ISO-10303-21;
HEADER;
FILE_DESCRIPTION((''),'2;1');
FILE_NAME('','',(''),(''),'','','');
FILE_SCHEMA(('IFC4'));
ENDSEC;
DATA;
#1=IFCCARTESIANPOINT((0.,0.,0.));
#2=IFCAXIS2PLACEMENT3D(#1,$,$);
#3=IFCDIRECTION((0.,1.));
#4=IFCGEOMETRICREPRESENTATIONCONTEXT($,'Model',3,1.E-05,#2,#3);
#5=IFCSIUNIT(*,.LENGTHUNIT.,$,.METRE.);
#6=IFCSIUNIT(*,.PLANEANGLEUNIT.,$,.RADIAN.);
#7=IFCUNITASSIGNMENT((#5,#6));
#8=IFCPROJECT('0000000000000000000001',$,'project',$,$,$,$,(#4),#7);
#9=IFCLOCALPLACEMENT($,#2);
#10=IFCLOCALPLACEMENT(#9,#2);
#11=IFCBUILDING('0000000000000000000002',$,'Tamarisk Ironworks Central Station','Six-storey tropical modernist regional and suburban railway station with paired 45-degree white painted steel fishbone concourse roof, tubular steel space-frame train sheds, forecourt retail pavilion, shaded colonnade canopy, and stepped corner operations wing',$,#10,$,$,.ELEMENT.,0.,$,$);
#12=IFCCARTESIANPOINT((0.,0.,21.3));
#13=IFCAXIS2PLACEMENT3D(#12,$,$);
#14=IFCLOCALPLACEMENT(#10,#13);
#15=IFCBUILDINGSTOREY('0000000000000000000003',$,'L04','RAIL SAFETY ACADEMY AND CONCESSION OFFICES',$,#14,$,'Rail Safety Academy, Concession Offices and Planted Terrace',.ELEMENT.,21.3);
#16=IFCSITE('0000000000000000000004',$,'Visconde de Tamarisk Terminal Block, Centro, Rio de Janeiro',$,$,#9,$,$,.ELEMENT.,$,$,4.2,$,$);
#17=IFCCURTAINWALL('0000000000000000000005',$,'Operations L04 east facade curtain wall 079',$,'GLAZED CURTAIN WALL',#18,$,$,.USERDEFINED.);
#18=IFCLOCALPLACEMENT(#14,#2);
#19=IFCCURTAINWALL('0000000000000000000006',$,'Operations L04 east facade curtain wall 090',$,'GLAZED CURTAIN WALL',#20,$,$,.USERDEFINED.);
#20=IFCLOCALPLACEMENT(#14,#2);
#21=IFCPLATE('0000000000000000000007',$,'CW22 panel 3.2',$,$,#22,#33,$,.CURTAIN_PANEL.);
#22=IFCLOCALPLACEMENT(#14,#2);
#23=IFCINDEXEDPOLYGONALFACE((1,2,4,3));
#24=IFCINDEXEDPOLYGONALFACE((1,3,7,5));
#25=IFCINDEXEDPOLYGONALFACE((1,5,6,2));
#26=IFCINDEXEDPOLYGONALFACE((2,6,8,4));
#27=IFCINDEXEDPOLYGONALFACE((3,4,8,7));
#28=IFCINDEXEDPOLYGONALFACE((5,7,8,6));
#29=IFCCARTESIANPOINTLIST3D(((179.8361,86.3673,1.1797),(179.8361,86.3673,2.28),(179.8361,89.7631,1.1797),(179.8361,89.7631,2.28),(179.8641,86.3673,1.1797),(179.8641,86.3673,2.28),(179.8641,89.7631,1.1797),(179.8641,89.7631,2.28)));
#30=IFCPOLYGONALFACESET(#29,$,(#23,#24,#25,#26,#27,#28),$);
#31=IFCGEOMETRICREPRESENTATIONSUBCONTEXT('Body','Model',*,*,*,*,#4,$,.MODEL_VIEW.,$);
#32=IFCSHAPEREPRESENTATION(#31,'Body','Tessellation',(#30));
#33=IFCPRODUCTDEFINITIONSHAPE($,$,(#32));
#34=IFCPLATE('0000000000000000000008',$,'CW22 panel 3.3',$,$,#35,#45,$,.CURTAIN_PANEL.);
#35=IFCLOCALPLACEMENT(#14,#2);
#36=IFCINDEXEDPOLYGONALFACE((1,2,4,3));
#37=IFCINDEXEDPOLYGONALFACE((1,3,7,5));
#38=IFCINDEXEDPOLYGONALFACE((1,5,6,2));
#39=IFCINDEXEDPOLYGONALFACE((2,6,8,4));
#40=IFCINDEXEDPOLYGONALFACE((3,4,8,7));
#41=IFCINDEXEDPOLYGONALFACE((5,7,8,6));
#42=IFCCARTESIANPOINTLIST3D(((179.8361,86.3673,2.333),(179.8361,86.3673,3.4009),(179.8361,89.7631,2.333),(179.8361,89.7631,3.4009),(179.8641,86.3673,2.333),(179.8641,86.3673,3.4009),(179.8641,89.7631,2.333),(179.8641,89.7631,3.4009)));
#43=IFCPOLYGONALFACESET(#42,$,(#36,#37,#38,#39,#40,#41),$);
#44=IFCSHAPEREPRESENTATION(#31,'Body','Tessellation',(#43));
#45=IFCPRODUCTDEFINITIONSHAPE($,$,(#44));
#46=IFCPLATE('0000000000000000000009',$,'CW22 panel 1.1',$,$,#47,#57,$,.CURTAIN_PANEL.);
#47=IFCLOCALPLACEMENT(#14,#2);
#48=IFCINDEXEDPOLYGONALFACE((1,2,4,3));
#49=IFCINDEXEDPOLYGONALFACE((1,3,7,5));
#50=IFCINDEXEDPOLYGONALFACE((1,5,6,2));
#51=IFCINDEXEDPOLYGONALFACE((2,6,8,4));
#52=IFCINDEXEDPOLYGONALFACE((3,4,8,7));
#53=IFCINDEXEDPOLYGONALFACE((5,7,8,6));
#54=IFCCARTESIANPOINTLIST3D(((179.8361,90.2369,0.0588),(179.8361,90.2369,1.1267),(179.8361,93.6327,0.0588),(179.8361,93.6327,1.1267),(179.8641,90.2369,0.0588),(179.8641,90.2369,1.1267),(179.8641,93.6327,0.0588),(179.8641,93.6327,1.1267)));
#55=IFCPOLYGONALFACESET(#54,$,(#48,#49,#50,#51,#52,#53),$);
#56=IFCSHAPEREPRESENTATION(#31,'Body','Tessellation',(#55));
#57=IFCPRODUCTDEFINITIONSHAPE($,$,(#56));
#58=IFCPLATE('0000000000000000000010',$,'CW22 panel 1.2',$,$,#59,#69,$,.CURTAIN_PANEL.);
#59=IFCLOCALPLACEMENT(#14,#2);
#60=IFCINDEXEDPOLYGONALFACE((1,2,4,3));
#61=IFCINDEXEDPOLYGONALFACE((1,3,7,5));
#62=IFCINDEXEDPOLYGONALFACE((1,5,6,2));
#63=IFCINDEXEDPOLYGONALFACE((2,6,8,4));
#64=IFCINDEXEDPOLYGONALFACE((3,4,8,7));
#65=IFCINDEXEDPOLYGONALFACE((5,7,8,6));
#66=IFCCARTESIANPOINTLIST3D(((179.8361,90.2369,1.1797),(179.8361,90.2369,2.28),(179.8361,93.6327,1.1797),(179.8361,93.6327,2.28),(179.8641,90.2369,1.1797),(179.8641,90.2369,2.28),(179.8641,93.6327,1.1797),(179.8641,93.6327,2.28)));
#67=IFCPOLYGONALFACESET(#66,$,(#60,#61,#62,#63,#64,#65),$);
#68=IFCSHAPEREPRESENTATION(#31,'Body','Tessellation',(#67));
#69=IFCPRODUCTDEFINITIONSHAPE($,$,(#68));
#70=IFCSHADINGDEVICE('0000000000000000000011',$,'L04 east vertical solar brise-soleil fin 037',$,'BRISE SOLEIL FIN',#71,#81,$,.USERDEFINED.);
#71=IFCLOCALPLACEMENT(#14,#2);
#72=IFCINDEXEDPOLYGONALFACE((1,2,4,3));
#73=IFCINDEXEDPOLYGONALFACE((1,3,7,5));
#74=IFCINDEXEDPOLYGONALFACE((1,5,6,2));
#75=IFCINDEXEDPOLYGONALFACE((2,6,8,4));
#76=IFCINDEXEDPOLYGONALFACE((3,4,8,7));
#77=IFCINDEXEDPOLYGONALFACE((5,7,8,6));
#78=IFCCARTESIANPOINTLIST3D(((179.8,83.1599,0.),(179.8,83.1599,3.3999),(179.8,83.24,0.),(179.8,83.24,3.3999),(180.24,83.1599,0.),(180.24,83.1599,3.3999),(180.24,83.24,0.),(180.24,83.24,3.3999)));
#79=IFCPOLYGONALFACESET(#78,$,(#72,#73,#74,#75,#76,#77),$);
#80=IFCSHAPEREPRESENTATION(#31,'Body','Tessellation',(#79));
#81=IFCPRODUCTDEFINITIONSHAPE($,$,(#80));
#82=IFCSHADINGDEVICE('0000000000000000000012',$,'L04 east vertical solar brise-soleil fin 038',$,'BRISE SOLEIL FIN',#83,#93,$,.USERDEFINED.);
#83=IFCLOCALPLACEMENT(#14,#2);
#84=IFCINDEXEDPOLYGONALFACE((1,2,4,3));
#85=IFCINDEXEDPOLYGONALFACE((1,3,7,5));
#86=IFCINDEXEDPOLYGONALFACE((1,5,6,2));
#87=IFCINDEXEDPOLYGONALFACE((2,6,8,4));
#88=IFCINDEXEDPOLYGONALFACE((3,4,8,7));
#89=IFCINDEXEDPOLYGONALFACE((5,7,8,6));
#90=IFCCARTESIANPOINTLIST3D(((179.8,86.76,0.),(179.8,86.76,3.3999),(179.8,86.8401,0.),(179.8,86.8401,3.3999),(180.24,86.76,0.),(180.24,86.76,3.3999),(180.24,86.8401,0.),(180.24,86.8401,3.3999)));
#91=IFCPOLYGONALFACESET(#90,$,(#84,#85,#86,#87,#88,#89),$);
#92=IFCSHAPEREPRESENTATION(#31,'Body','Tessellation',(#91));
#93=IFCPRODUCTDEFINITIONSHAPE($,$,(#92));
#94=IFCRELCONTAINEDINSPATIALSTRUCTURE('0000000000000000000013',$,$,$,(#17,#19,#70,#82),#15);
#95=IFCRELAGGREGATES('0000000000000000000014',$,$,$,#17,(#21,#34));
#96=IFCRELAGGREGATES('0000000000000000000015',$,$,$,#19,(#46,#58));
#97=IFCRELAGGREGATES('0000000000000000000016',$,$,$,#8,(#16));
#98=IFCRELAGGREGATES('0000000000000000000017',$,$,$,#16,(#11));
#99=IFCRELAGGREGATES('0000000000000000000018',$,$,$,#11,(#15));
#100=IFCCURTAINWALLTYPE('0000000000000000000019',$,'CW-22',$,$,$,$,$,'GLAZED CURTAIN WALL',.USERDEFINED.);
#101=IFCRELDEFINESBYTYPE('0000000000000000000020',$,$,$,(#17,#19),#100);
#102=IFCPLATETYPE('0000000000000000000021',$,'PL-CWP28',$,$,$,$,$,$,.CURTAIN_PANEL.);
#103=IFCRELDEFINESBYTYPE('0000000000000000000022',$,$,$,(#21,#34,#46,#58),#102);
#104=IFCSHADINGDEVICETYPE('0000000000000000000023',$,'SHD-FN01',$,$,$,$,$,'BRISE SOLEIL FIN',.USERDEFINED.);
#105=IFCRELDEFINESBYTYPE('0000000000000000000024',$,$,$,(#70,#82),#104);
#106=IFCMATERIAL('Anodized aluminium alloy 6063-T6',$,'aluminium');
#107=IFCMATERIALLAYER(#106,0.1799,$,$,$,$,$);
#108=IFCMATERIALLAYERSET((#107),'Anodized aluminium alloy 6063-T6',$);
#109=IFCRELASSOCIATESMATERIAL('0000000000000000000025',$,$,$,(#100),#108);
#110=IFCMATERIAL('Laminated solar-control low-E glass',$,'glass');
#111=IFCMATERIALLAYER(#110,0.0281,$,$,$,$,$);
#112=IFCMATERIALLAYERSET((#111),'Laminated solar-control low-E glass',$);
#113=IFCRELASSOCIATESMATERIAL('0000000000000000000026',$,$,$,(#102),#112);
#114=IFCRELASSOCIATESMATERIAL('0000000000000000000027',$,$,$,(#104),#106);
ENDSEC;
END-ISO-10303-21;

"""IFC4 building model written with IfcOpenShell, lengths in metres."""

from ifc_helpers import new_model, si_unit, direction, frame, origin, origin_2d, place, context, subcontext, project, spatial, rectangle, extrude, material, layer, layer_set, type_object, element, aggregate, save


model = new_model("IFC4")

# Units and contexts
model_context = context("Model", 3, precision=1e-05, world=origin(), true_north=direction((0.0, 1.0)))
body_context = subcontext(model_context, "Body", "Model", "MODEL_VIEW")
ifc_project = project(units=[si_unit("LENGTHUNIT", "METRE"), si_unit("PLANEANGLEUNIT", "RADIAN")], contexts=[model_context])

# Site, building, storey
site_placement = place(None, origin())
site = spatial("IfcSite", under=ifc_project, at=site_placement, Name="Visconde de Tamarisk Terminal Block, Centro, Rio de Janeiro", CompositionType="ELEMENT", RefElevation=4.2)
building_placement = place(site_placement, origin())
building = spatial("IfcBuilding", under=site, at=building_placement, Name="Tamarisk Ironworks Central Station", Description="Six-storey tropical modernist regional and suburban railway station with paired 45-degree white painted steel fishbone concourse roof, tubular steel space-frame train sheds, forecourt retail pavilion, shaded colonnade canopy, and stepped corner operations wing", CompositionType="ELEMENT", ElevationOfRefHeight=0.0)
storey_placement = place(building_placement, frame((0.0, 0.0, 21.3)))
storey = spatial("IfcBuildingStorey", under=building, at=storey_placement, Name="L04", Description="RAIL SAFETY ACADEMY AND CONCESSION OFFICES", LongName="Rail Safety Academy, Concession Offices and Planted Terrace", CompositionType="ELEMENT", Elevation=21.3)

# Curtain wall
ifc_material_1 = material(Name="Anodized aluminium alloy 6063-T6", Category="aluminium")
ifc_layer_1 = layer(ifc_material_1, 0.1799)
ifc_layer_set_1 = layer_set([ifc_layer_1], Name="Anodized aluminium alloy 6063-T6")
curtain_wall_type = type_object("IfcCurtainWallType", Name="CW-22", ElementType="GLAZED CURTAIN WALL", PredefinedType="USERDEFINED", material=ifc_layer_set_1)
curtain_wall_1_placement = place(storey_placement, origin())
curtain_wall_1 = element("IfcCurtainWall", 1, at=curtain_wall_1_placement, inside=storey, type_object=curtain_wall_type, Name="Operations L04 east facade curtain wall 079", ObjectType="GLAZED CURTAIN WALL", PredefinedType="USERDEFINED")

# Curtain wall
curtain_wall_2_placement = place(storey_placement, origin())
curtain_wall_2 = element("IfcCurtainWall", 2, at=curtain_wall_2_placement, inside=storey, type_object=curtain_wall_type, Name="Operations L04 east facade curtain wall 090", ObjectType="GLAZED CURTAIN WALL", PredefinedType="USERDEFINED")

# Plates
ifc_material_2 = material(Name="Laminated solar-control low-E glass", Category="glass")
ifc_layer_2 = layer(ifc_material_2, 0.0281)
ifc_layer_set_2 = layer_set([ifc_layer_2], Name="Laminated solar-control low-E glass")
plate_type = type_object("IfcPlateType", Name="PL-CWP28", PredefinedType="CURTAIN_PANEL", material=ifc_layer_set_2)
plate_1_placement = place(storey_placement, frame((179.8501, 88.0652, 1.1797), z_axis=(0.0, 0.0, 1.0), x_axis=(0.0, 1.0, 0.0)))
plate_1 = element("IfcPlate", 3, at=plate_1_placement, type_object=plate_type, Name="CW22 panel 3.2", PredefinedType="CURTAIN_PANEL", context=body_context, shape_type="SweptSolid", body=[
    extrude(rectangle(XDim=3.3958, YDim=0.0281, at=origin_2d()), origin(), (0.0, 0.0, 1.0), 1.1003),
])
plate_2_placement = place(storey_placement, frame((179.8501, 88.0652, 2.333), z_axis=(0.0, 0.0, 1.0), x_axis=(0.0, 1.0, 0.0)))
plate_2 = element("IfcPlate", 4, at=plate_2_placement, type_object=plate_type, Name="CW22 panel 3.3", PredefinedType="CURTAIN_PANEL", context=body_context, shape_type="SweptSolid", body=[
    extrude(rectangle(XDim=3.3958, YDim=0.0281, at=origin_2d()), origin(), (0.0, 0.0, 1.0), 1.0679),
])
aggregate(curtain_wall_1, [plate_1, plate_2])
plate_3_placement = place(storey_placement, frame((179.8501, 91.9348, 0.0588), z_axis=(0.0, 0.0, 1.0), x_axis=(0.0, 1.0, 0.0)))
plate_3 = element("IfcPlate", 5, at=plate_3_placement, type_object=plate_type, Name="CW22 panel 1.1", PredefinedType="CURTAIN_PANEL", context=body_context, shape_type="SweptSolid", body=[
    extrude(rectangle(XDim=3.3958, YDim=0.0281, at=origin_2d()), origin(), (0.0, 0.0, 1.0), 1.0679),
])
plate_4_placement = place(storey_placement, frame((179.8501, 91.9348, 1.1797), z_axis=(0.0, 0.0, 1.0), x_axis=(0.0, 1.0, 0.0)))
plate_4 = element("IfcPlate", 6, at=plate_4_placement, type_object=plate_type, Name="CW22 panel 1.2", PredefinedType="CURTAIN_PANEL", context=body_context, shape_type="SweptSolid", body=[
    extrude(rectangle(XDim=3.3958, YDim=0.0281, at=origin_2d()), origin(), (0.0, 0.0, 1.0), 1.1003),
])
aggregate(curtain_wall_2, [plate_3, plate_4])

# Shading devices
shading_device_type = type_object("IfcShadingDeviceType", Name="SHD-FN01", ElementType="BRISE SOLEIL FIN", PredefinedType="USERDEFINED", material=ifc_material_1)
for number, where, z_axis, x_axis, name in (
    (7, (180.02, 83.2, 0.0), (0.0, 0.0, 1.0), (1.0, 0.0, 0.0), "L04 east vertical solar brise-soleil fin 037"),
    (8, (180.02, 86.8, 0.0), (0.0, 0.0, 1.0), (1.0, 0.0, 0.0), "L04 east vertical solar brise-soleil fin 038"),
):
    element("IfcShadingDevice", number, at=place(storey_placement, frame(where, z_axis=z_axis, x_axis=x_axis)), inside=storey, type_object=shading_device_type, Name=name, ObjectType="BRISE SOLEIL FIN", PredefinedType="USERDEFINED", context=body_context, shape_type="SweptSolid", body=[
        extrude(rectangle(XDim=0.4399, YDim=0.0801, at=origin_2d()), origin(), (0.0, 0.0, 1.0), 3.3999),
    ])

save(model, "model.ifc")
